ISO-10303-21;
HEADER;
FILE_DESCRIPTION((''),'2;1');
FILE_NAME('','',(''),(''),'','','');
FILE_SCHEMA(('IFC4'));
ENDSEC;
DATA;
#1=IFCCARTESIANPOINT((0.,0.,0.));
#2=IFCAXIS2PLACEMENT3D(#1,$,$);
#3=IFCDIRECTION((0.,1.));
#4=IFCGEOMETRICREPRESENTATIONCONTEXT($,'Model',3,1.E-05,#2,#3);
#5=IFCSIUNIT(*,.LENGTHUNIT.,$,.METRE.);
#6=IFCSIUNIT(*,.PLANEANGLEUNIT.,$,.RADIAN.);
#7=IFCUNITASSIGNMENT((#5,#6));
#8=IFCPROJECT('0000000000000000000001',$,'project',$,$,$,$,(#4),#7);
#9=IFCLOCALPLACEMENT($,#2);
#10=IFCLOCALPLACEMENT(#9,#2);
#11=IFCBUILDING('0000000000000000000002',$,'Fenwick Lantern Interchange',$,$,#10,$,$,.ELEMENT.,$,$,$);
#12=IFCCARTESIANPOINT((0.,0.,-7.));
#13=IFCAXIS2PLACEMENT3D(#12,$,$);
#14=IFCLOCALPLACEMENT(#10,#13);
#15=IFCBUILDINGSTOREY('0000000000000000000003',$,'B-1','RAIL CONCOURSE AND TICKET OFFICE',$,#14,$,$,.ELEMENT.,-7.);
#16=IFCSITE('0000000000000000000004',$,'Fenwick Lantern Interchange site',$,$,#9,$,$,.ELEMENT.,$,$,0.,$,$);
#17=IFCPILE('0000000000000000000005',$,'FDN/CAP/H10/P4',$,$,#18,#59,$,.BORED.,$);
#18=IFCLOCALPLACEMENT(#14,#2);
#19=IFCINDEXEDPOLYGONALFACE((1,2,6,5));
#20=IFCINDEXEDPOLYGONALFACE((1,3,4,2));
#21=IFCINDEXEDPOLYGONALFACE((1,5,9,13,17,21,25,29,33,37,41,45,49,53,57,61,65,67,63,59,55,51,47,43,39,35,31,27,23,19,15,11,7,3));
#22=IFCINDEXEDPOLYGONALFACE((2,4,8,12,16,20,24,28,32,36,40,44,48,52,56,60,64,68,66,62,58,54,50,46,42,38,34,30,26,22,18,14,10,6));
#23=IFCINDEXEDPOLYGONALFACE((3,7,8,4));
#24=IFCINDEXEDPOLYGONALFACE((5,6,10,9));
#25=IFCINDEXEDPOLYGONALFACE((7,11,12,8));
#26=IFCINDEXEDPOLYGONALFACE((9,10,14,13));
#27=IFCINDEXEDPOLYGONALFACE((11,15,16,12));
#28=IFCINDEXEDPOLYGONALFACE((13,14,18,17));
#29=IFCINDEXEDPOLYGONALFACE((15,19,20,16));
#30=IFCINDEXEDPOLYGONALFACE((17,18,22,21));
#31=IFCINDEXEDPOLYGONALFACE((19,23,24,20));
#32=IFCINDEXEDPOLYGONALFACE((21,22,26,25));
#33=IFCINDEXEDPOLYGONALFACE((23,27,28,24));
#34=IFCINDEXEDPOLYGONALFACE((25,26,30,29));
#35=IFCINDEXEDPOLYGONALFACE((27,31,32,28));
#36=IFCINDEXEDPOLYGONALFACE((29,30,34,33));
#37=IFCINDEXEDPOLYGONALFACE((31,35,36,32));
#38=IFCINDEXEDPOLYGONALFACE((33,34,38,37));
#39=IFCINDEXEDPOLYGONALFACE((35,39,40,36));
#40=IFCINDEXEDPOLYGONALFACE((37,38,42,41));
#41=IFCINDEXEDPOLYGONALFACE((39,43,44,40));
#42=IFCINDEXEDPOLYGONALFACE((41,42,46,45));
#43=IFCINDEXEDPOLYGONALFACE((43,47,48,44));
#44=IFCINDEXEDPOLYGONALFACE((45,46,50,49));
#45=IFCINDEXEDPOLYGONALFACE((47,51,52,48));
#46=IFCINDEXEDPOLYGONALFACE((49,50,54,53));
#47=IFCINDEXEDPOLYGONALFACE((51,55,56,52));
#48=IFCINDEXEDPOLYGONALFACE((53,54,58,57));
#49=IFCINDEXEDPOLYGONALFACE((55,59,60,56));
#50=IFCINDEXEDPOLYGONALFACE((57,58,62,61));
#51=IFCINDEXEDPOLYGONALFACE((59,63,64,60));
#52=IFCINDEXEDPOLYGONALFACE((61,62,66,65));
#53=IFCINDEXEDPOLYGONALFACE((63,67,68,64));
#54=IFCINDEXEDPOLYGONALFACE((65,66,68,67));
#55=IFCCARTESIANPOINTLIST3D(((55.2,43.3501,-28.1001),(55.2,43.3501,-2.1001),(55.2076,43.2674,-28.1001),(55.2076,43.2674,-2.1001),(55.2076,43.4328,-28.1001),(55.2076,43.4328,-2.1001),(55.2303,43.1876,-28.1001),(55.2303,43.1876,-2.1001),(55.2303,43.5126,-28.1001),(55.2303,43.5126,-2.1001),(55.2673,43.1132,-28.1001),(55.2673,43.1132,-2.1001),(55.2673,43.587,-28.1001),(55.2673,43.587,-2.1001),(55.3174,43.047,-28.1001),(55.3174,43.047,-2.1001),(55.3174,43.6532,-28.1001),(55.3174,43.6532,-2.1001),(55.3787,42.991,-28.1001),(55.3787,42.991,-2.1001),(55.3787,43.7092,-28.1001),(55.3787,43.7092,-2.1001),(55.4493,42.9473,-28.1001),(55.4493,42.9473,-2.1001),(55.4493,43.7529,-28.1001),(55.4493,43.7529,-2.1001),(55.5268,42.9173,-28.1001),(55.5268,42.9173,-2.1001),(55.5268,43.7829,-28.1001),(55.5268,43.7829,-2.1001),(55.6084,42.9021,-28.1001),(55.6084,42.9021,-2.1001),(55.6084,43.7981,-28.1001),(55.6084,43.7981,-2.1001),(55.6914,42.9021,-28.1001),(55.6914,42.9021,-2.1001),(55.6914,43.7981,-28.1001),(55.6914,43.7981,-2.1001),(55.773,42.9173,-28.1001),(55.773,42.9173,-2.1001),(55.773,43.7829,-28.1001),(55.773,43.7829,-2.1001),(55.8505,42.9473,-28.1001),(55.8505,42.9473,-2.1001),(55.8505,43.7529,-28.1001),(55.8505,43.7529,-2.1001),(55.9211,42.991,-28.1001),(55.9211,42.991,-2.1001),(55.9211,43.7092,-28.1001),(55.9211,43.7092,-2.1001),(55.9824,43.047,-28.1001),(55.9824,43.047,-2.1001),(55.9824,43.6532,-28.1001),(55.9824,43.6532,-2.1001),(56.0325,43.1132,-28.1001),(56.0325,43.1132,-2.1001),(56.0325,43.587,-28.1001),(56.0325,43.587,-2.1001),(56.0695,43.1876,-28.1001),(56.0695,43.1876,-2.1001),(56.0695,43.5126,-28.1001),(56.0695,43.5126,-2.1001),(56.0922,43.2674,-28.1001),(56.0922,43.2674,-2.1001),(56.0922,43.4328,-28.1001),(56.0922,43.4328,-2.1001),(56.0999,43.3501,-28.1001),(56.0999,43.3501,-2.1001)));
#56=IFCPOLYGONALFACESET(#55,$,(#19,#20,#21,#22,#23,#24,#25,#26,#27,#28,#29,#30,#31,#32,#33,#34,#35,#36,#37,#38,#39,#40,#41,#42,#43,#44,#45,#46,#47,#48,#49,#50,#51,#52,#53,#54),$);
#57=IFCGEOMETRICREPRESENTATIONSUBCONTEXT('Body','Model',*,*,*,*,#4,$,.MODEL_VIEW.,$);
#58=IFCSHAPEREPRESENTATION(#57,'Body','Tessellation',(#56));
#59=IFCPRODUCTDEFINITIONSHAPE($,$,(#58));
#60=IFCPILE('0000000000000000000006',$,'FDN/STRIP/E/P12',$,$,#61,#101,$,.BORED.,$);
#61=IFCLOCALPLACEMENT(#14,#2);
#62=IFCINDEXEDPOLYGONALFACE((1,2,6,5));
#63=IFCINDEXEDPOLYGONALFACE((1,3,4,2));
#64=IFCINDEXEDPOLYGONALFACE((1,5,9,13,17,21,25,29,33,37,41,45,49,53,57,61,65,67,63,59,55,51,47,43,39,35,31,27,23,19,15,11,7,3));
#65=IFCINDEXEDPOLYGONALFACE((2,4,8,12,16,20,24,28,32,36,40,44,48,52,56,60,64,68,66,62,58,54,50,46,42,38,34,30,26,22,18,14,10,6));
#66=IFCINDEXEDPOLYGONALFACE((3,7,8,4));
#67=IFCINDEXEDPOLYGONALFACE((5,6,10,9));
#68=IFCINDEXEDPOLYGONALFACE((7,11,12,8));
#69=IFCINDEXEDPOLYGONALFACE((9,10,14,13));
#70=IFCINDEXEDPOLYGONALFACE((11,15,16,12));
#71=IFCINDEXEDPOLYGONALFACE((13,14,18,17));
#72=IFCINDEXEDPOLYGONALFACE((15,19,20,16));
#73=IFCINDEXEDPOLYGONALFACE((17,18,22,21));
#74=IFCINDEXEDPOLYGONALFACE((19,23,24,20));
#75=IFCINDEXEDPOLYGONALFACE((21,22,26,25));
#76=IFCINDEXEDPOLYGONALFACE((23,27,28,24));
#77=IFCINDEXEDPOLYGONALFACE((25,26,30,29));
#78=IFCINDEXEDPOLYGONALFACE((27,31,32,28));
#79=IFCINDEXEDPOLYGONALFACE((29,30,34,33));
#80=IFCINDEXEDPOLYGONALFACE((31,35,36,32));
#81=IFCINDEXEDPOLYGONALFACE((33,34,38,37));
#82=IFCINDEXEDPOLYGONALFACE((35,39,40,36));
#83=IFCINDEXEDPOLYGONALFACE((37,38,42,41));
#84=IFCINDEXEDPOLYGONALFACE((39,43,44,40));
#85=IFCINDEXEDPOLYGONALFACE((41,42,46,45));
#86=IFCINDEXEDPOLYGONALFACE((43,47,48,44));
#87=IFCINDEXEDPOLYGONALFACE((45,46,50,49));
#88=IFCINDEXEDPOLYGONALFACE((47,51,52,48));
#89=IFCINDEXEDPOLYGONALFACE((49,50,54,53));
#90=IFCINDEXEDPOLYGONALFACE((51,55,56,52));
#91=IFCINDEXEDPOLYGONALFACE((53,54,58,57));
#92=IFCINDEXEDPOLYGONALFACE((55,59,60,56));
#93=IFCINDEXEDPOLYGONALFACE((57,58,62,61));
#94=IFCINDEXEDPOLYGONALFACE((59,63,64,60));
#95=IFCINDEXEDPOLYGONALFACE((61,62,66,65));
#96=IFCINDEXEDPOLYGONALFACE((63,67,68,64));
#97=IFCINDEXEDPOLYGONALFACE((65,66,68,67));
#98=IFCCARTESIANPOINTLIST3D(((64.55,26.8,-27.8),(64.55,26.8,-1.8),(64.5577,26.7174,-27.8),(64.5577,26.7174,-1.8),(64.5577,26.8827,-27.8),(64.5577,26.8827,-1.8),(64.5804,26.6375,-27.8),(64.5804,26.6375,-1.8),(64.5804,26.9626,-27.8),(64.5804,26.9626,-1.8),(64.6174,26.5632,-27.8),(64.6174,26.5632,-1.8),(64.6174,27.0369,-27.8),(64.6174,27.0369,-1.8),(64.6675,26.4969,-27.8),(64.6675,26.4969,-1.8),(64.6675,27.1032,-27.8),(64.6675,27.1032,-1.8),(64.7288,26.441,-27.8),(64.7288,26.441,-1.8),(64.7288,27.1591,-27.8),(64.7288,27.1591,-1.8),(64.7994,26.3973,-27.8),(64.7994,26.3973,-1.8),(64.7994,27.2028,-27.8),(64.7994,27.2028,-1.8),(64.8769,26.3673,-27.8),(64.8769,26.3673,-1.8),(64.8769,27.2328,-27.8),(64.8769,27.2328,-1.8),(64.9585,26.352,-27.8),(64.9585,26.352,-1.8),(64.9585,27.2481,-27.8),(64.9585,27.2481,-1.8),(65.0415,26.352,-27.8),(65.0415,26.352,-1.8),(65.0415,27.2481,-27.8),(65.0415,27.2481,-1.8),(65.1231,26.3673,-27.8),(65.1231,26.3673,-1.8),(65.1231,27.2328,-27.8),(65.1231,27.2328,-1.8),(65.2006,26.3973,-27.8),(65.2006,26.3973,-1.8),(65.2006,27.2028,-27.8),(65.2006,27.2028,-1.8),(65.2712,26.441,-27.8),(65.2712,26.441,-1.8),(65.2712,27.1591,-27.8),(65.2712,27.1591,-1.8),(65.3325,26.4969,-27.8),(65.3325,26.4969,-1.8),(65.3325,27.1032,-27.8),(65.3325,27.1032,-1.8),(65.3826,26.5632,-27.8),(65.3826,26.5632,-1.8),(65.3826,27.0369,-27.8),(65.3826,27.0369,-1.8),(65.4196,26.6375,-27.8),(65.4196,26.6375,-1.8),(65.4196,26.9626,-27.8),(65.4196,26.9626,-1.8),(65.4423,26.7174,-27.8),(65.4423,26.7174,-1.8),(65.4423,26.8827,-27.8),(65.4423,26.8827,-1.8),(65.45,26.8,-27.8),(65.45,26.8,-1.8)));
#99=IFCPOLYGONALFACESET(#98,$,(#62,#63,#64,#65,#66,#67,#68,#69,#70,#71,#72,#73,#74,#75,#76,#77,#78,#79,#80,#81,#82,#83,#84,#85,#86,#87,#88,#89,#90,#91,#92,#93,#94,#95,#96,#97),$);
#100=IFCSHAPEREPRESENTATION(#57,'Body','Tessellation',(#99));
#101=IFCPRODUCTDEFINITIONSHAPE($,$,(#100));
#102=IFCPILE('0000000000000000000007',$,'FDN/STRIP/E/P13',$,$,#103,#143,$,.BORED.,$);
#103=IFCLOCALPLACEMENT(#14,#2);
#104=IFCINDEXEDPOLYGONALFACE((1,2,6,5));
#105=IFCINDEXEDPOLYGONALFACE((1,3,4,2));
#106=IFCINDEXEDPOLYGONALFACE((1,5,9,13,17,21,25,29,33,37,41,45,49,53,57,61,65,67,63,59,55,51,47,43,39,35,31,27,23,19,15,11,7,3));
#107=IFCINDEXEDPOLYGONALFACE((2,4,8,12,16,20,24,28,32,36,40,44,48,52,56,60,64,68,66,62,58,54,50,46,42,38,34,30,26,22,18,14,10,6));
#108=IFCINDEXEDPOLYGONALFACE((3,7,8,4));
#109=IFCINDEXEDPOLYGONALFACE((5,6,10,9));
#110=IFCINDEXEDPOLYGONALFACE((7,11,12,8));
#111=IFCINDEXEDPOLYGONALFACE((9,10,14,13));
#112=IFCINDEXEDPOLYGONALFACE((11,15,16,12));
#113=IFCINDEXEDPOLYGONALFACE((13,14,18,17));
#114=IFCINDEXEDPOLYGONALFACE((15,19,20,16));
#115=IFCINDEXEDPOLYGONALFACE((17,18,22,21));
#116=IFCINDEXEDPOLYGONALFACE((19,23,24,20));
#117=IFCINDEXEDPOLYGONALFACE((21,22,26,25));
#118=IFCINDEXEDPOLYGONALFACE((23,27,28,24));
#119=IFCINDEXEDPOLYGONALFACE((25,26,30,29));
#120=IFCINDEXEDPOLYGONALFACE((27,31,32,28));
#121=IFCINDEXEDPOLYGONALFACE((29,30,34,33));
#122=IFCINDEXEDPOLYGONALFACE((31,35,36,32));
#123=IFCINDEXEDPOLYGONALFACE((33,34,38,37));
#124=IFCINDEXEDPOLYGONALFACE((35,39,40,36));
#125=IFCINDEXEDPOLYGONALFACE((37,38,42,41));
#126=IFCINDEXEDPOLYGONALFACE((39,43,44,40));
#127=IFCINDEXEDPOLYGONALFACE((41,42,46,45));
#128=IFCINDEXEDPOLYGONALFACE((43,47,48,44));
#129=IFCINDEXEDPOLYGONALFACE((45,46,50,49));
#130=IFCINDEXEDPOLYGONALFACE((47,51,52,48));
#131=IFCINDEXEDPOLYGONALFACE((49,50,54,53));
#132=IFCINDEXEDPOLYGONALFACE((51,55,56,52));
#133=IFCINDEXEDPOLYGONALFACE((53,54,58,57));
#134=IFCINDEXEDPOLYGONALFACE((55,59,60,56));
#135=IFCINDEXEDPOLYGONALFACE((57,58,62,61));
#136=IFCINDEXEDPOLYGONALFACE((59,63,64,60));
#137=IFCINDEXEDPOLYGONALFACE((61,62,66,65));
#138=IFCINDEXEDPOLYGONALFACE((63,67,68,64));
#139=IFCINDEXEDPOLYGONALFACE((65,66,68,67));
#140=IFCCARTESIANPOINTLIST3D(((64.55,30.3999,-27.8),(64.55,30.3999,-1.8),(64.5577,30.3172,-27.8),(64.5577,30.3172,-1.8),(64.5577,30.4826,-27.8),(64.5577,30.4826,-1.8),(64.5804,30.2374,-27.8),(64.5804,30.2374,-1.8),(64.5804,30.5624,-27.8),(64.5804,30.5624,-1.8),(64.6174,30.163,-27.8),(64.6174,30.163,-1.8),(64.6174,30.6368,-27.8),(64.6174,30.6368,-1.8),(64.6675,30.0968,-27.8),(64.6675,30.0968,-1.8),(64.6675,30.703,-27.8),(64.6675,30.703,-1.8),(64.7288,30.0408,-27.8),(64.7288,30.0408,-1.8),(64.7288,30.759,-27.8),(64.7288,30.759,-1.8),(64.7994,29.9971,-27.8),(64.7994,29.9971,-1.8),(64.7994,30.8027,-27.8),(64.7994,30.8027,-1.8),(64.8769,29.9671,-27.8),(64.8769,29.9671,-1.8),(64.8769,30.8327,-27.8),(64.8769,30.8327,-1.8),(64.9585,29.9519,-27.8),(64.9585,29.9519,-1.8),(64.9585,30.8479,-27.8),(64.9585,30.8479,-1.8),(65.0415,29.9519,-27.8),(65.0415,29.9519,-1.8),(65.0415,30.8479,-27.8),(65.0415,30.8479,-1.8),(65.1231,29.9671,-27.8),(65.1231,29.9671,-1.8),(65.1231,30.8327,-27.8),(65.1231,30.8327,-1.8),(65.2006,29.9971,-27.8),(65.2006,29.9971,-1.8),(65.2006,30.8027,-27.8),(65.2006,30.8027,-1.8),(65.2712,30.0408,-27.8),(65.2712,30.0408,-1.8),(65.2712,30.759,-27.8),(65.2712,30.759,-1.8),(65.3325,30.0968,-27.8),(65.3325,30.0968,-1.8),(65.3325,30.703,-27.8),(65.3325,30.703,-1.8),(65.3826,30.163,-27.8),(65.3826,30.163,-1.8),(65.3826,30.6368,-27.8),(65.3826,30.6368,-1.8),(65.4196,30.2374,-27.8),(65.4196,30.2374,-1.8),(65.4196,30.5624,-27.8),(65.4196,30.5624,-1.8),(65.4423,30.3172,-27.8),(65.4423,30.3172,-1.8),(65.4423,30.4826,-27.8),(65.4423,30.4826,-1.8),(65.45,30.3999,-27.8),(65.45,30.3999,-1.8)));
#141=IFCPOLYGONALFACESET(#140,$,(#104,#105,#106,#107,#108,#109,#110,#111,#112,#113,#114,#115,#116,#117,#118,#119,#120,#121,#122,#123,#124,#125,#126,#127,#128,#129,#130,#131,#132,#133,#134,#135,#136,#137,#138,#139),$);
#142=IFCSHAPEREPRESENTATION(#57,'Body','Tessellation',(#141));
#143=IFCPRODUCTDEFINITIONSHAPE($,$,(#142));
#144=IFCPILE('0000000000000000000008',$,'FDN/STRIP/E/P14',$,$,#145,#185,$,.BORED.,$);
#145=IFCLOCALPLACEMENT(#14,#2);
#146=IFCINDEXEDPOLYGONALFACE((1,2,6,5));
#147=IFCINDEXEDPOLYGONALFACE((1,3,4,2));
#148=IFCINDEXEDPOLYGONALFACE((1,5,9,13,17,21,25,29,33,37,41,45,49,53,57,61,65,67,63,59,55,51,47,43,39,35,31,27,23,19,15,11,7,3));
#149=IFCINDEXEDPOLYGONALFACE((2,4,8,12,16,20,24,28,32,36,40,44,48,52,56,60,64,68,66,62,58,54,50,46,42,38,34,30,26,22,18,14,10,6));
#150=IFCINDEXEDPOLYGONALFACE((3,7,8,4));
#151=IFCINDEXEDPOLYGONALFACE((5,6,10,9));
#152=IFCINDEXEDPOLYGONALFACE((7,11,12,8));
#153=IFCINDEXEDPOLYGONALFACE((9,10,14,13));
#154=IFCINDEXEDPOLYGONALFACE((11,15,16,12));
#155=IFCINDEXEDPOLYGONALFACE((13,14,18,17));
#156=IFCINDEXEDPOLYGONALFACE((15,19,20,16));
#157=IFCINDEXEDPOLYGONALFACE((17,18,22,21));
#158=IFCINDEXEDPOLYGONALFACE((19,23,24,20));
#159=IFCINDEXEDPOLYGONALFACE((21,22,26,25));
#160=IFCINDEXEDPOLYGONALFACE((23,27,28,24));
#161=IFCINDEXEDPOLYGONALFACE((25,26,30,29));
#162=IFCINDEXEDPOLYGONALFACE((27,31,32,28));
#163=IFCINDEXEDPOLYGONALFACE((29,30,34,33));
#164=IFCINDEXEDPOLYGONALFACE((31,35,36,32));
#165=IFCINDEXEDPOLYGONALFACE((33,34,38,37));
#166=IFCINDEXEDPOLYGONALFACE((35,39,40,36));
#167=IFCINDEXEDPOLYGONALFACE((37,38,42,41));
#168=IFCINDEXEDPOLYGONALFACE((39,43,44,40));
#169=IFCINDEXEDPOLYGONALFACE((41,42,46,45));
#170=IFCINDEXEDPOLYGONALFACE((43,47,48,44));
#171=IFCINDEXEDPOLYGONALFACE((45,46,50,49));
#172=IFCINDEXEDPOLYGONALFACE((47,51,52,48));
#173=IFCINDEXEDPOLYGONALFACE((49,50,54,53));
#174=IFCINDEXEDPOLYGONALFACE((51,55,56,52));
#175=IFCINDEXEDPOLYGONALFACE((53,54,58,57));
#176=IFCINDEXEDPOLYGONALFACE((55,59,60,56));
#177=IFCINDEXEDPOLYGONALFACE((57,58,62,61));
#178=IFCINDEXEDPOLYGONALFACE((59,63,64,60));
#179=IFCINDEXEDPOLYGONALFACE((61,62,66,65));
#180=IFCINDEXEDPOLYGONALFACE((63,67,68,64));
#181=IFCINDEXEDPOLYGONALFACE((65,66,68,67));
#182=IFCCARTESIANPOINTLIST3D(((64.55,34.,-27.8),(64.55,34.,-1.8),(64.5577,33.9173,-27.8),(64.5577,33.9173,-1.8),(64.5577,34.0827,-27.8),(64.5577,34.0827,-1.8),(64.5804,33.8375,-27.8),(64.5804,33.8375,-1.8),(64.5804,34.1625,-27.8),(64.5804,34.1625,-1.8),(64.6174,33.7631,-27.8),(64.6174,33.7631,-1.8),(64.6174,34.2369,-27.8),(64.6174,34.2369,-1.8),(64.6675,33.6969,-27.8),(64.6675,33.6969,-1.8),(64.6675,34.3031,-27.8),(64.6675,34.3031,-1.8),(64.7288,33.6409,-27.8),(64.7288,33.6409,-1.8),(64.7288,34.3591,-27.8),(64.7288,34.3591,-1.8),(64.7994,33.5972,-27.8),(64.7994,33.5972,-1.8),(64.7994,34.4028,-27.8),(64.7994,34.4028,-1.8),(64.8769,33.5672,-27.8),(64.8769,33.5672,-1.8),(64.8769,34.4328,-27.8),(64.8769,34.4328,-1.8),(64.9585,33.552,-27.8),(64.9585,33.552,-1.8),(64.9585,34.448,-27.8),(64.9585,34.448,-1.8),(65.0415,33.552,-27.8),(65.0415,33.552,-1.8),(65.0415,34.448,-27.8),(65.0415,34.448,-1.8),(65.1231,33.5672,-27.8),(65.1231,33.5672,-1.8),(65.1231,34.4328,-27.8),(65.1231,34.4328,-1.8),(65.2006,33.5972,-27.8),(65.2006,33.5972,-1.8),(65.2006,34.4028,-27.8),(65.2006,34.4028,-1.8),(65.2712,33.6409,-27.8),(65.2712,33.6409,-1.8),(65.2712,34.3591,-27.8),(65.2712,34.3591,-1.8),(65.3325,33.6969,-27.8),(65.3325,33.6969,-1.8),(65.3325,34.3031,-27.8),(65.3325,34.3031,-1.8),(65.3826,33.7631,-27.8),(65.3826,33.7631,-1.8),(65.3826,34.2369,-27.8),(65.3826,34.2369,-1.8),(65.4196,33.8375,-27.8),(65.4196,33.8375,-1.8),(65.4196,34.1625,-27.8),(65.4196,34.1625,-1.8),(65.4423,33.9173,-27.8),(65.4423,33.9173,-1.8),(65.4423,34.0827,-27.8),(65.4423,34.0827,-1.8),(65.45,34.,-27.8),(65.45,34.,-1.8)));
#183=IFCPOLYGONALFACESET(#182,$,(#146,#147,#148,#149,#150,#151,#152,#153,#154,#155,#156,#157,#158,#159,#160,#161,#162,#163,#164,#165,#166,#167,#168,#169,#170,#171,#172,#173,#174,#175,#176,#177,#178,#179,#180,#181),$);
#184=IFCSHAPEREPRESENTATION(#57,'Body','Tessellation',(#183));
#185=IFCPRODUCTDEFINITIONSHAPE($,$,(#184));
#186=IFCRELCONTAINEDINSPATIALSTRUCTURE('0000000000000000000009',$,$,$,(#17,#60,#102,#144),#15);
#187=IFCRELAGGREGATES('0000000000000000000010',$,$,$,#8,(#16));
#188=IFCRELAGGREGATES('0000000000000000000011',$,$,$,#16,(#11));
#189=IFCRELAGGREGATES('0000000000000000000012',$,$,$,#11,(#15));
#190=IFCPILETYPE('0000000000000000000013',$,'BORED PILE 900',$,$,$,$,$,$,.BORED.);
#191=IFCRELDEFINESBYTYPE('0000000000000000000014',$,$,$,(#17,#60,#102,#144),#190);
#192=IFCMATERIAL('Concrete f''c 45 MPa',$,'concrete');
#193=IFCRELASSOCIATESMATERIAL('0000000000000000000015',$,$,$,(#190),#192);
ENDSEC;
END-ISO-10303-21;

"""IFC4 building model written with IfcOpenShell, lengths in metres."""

from ifc_helpers import new_model, si_unit, direction, frame, origin, origin_2d, place, context, subcontext, project, spatial, circle, extrude, material, type_object, element, save


model = new_model("IFC4")

# Units and contexts
model_context = context("Model", 3, precision=1e-05, world=origin(), true_north=direction((0.0, 1.0)))
body_context = subcontext(model_context, "Body", "Model", "MODEL_VIEW")
ifc_project = project(units=[si_unit("LENGTHUNIT", "METRE"), si_unit("PLANEANGLEUNIT", "RADIAN")], contexts=[model_context])

# Site, building, storey
site_placement = place(None, origin())
site = spatial("IfcSite", under=ifc_project, at=site_placement, Name="Fenwick Lantern Interchange site", CompositionType="ELEMENT", RefElevation=0.0)
building_placement = place(site_placement, origin())
building = spatial("IfcBuilding", under=site, at=building_placement, Name="Fenwick Lantern Interchange", CompositionType="ELEMENT")
storey_placement = place(building_placement, frame((0.0, 0.0, -7.0)))
storey = spatial("IfcBuildingStorey", under=building, at=storey_placement, Name="B-1", Description="RAIL CONCOURSE AND TICKET OFFICE", CompositionType="ELEMENT", Elevation=-7.0)

# Piles
ifc_material_1 = material(Name="Concrete f'c 45 MPa", Category="concrete")
pile_type = type_object("IfcPileType", Name="BORED PILE 900", PredefinedType="BORED", material=ifc_material_1)
for number, where, z_axis, x_axis, name in (
    (1, (55.6499, 43.3501, -2.1001), (0.0, 0.0, -1.0), (1.0, 0.0, 0.0), "FDN/CAP/H10/P4"),
    (2, (65.0, 26.8, -1.8), (0.0, 0.0, -1.0), (1.0, 0.0, 0.0), "FDN/STRIP/E/P12"),
    (3, (65.0, 30.3999, -1.8), (0.0, 0.0, -1.0), (1.0, 0.0, 0.0), "FDN/STRIP/E/P13"),
    (4, (65.0, 34.0, -1.8), (0.0, 0.0, -1.0), (1.0, 0.0, 0.0), "FDN/STRIP/E/P14"),
):
    element("IfcPile", number, at=place(storey_placement, frame(where, z_axis=z_axis, x_axis=x_axis)), inside=storey, type_object=pile_type, Name=name, PredefinedType="BORED", context=body_context, shape_type="SweptSolid", body=[
        extrude(circle(Radius=0.45, at=origin_2d()), origin(), (0.0, 0.0, 1.0), 26.0),
    ])

save(model, "model.ifc")
